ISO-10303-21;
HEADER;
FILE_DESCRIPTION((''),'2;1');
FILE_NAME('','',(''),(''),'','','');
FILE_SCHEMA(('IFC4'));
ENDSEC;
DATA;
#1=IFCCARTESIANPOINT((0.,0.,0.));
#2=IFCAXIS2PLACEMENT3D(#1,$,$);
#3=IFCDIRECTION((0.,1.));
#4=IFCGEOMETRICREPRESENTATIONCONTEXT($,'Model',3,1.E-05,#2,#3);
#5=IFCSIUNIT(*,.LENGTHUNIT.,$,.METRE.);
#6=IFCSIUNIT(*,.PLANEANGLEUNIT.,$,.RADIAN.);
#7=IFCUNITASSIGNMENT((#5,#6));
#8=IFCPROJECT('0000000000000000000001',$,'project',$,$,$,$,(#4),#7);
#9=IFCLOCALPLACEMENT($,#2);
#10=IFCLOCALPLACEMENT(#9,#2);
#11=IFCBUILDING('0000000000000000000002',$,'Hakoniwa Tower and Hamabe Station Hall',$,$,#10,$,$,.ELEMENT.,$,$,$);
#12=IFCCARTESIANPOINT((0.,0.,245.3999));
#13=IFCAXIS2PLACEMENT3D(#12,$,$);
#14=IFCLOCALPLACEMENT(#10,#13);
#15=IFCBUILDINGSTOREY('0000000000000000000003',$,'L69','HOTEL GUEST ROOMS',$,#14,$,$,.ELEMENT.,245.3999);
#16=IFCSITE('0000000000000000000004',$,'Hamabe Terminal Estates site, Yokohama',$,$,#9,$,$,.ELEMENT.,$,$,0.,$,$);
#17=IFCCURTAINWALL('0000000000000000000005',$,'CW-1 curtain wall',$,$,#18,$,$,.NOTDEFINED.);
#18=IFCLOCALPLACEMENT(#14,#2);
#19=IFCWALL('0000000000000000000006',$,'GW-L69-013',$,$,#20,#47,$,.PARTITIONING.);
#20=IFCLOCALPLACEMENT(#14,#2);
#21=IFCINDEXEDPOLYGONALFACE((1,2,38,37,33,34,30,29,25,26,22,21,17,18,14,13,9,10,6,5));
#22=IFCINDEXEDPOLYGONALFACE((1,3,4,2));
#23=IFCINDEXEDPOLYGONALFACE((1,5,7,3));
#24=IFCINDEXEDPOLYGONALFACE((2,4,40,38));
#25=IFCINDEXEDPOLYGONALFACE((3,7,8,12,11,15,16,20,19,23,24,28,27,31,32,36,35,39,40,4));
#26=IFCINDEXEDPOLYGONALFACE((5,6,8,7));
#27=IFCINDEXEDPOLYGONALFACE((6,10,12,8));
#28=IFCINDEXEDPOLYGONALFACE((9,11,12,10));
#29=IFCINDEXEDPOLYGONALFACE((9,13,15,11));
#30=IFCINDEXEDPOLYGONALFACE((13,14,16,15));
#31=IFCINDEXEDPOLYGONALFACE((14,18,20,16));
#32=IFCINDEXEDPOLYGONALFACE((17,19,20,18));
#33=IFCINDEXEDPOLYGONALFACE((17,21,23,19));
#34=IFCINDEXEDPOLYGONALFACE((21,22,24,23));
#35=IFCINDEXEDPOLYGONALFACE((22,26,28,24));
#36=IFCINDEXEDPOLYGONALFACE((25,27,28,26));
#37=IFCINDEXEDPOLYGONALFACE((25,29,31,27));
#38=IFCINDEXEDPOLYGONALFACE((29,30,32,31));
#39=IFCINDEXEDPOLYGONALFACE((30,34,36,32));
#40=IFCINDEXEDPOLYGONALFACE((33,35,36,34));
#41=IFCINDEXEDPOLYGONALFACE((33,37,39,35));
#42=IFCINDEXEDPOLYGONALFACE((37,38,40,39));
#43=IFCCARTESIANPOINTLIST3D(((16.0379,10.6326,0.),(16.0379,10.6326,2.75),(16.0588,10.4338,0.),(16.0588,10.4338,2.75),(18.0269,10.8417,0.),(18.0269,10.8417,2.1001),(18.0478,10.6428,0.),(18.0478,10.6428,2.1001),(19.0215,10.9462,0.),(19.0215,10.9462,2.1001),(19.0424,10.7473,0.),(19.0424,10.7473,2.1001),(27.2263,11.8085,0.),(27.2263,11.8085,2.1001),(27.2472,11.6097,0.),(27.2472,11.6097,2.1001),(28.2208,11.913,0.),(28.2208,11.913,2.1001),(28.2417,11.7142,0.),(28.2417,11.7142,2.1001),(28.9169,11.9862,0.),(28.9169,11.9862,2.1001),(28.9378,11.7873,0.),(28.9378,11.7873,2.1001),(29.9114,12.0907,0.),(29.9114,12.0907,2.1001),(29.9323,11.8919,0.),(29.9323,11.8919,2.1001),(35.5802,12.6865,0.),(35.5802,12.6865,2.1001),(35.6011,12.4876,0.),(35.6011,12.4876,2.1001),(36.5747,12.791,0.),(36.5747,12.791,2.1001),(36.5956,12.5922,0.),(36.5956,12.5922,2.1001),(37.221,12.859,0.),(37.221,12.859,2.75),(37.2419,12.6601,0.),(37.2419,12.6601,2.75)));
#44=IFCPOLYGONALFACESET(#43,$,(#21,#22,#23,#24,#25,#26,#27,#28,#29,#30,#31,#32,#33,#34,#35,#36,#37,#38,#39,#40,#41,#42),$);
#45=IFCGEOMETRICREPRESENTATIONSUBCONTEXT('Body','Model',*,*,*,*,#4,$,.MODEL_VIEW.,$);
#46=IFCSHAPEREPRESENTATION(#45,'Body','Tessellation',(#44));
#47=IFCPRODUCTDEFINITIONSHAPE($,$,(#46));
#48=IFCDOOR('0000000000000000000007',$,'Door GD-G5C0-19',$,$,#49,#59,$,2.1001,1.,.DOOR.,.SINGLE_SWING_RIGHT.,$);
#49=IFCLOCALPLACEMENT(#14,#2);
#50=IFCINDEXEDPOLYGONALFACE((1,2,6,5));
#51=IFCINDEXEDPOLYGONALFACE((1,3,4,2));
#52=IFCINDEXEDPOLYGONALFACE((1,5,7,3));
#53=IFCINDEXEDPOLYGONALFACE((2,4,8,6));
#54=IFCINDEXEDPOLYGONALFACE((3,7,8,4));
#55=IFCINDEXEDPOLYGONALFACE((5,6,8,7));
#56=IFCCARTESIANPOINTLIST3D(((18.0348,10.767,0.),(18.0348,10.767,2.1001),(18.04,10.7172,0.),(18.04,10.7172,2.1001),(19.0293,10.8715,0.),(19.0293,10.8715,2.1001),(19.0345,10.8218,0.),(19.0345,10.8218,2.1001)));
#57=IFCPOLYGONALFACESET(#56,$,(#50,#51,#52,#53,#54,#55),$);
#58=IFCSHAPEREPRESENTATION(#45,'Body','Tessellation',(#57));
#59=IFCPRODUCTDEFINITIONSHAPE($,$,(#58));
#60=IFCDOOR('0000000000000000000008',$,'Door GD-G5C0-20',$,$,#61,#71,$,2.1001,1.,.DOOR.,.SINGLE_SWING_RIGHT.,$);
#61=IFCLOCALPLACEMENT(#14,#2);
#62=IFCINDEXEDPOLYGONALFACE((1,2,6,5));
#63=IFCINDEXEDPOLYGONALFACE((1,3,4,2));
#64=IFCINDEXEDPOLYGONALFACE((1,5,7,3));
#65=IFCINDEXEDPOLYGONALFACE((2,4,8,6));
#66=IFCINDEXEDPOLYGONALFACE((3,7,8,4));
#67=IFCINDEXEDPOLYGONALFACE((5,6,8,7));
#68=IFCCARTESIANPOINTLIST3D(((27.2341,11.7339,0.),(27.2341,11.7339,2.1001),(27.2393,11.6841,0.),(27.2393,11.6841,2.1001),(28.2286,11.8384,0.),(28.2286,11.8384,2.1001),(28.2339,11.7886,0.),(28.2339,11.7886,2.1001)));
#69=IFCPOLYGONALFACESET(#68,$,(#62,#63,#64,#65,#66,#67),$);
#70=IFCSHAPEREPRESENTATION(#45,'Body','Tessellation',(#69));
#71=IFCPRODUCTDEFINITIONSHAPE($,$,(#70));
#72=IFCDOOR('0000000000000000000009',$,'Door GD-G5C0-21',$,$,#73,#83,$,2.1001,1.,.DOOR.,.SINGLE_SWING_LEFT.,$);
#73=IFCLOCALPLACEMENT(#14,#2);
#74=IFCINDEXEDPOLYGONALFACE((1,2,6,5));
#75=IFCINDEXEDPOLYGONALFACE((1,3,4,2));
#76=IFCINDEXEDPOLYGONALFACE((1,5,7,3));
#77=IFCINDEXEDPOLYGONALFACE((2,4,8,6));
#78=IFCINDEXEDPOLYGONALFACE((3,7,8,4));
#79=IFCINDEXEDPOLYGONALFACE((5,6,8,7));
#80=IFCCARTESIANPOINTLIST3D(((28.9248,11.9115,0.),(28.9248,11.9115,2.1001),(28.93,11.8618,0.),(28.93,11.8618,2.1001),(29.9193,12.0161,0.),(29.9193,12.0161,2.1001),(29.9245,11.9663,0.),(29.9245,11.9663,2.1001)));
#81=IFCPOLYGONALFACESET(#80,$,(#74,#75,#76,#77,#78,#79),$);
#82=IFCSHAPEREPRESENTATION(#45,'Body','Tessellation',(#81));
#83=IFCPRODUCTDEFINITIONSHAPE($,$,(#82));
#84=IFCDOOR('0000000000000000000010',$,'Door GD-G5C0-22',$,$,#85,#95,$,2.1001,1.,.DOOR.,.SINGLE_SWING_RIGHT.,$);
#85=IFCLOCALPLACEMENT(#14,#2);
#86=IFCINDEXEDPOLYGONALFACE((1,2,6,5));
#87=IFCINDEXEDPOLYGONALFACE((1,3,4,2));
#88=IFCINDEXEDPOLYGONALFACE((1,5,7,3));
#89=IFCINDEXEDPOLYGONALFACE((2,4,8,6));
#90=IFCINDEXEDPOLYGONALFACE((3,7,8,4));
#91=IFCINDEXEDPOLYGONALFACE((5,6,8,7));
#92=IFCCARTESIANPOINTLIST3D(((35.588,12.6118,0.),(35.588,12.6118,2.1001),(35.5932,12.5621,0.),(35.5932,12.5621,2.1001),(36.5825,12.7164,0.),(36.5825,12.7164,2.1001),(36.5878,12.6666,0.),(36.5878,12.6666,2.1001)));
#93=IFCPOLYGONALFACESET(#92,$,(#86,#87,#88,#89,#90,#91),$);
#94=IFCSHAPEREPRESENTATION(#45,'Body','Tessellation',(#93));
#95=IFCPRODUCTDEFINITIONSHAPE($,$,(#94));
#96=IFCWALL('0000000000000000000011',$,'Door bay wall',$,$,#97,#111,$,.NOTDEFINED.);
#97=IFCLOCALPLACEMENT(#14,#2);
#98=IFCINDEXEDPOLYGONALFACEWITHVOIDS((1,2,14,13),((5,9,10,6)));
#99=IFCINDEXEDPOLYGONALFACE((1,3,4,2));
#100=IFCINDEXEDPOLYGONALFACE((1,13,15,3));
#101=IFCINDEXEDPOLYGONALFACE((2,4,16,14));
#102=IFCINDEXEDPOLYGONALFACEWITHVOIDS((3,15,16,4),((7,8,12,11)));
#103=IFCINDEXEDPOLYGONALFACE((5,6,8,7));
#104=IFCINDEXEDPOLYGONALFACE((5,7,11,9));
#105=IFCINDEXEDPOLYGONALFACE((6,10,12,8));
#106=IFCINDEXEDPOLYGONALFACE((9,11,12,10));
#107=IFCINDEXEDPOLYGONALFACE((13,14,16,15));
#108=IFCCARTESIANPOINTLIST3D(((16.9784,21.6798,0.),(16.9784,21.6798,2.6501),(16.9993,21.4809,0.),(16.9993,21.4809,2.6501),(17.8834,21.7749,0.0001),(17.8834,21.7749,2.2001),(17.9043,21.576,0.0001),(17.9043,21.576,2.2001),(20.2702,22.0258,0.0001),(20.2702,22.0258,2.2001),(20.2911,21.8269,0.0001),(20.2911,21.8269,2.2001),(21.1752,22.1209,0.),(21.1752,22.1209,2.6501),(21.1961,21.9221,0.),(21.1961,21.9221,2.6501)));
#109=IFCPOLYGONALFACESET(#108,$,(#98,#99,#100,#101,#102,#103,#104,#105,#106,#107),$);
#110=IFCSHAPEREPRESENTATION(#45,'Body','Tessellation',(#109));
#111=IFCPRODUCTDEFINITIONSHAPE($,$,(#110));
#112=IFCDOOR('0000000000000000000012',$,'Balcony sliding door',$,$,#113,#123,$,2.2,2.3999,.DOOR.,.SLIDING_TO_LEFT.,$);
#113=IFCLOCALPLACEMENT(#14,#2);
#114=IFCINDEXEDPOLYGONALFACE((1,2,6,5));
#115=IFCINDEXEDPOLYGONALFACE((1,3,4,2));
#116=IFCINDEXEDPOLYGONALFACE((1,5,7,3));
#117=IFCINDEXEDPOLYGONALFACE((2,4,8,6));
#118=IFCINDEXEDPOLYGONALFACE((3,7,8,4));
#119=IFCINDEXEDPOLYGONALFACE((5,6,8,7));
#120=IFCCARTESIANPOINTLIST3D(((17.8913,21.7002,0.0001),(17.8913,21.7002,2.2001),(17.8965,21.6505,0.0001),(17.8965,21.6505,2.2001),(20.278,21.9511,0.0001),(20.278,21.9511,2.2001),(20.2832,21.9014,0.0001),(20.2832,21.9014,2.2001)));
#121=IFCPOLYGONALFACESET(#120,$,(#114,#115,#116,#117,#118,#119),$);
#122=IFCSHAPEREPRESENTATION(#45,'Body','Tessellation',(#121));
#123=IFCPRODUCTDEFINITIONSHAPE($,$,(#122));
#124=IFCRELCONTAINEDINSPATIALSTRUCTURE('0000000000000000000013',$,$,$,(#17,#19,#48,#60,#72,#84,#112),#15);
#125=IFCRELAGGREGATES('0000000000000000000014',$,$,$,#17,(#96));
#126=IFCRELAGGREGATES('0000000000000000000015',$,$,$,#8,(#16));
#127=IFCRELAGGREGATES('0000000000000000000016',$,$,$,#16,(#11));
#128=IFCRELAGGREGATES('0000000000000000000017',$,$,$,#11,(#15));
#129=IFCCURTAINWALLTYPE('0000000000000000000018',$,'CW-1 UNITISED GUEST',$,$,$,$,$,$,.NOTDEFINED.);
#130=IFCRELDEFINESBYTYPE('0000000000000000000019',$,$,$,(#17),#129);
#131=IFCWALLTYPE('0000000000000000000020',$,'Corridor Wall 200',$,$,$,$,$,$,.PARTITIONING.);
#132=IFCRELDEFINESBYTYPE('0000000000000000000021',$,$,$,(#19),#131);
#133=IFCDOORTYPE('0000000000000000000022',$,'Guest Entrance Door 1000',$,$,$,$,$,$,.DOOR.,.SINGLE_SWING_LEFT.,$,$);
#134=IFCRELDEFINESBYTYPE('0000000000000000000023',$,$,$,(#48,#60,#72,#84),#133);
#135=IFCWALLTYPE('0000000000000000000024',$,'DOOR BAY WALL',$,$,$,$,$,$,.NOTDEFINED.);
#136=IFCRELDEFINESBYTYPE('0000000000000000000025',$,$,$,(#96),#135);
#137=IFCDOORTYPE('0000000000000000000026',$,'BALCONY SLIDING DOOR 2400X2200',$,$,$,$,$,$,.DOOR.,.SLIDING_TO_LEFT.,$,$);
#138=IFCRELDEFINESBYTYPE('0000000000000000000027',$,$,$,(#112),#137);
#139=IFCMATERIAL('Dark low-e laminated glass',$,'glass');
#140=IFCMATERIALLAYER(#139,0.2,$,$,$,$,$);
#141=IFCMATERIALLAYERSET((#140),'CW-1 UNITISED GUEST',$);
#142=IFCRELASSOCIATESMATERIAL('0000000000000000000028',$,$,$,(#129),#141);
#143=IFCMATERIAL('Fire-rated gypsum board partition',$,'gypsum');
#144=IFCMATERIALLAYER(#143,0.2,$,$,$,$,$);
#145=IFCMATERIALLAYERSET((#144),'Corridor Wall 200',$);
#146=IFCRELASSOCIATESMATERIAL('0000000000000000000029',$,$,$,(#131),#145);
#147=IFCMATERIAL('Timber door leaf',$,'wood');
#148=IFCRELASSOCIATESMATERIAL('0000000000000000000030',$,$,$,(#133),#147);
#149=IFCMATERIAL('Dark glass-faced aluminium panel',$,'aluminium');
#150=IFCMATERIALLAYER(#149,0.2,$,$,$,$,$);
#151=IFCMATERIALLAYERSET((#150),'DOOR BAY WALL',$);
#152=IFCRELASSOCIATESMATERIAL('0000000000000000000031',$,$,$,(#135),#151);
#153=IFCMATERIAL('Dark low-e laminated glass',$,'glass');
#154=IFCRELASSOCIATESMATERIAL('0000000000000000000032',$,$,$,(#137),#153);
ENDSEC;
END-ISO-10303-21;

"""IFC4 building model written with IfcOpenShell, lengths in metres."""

from ifc_helpers import new_model, si_unit, direction, frame, frame_2d, origin, place, context, subcontext, project, spatial, rectangle, extrude, material, layer, layer_set, type_object, element, fill, aggregate, save


model = new_model("IFC4")

# Units and contexts
model_context = context("Model", 3, precision=1e-05, world=origin(), true_north=direction((0.0, 1.0)))
body_context = subcontext(model_context, "Body", "Model", "MODEL_VIEW")
ifc_project = project(units=[si_unit("LENGTHUNIT", "METRE"), si_unit("PLANEANGLEUNIT", "RADIAN")], contexts=[model_context])

# Site, building, storey
site_placement = place(None, origin())
site = spatial("IfcSite", under=ifc_project, at=site_placement, Name="Hamabe Terminal Estates site, Yokohama", CompositionType="ELEMENT", RefElevation=0.0)
building_placement = place(site_placement, origin())
building = spatial("IfcBuilding", under=site, at=building_placement, Name="Hakoniwa Tower and Hamabe Station Hall", CompositionType="ELEMENT")
storey_placement = place(building_placement, frame((0.0, 0.0, 245.3999)))
storey = spatial("IfcBuildingStorey", under=building, at=storey_placement, Name="L69", Description="HOTEL GUEST ROOMS", CompositionType="ELEMENT", Elevation=245.3999)

# Curtain wall
ifc_material_1 = material(Name="Dark low-e laminated glass", Category="glass")
ifc_layer_1 = layer(ifc_material_1, 0.2)
ifc_layer_set_1 = layer_set([ifc_layer_1], Name="CW-1 UNITISED GUEST")
curtain_wall_type = type_object("IfcCurtainWallType", Name="CW-1 UNITISED GUEST", PredefinedType="NOTDEFINED", material=ifc_layer_set_1)
curtain_wall_placement = place(storey_placement, origin())
curtain_wall = element("IfcCurtainWall", 1, at=curtain_wall_placement, inside=storey, type_object=curtain_wall_type, Name="CW-1 curtain wall", PredefinedType="NOTDEFINED")

# Wall, openings, doors
ifc_material_2 = material(Name="Fire-rated gypsum board partition", Category="gypsum")
ifc_layer_2 = layer(ifc_material_2, 0.2)
ifc_layer_set_2 = layer_set([ifc_layer_2], Name="Corridor Wall 200")
wall_type_1 = type_object("IfcWallType", Name="Corridor Wall 200", PredefinedType="PARTITIONING", material=ifc_layer_set_2)
wall_1_placement = place(storey_placement, frame((16.0483, 10.5332, 0.0), z_axis=(0.0, 0.0, 1.0), x_axis=(0.994522, 0.104523, 0.0)))
wall_1 = element("IfcWall", 2, at=wall_1_placement, inside=storey, type_object=wall_type_1, Name="GW-L69-013", PredefinedType="PARTITIONING", context=body_context, shape_type="SweptSolid", body=[
    extrude(rectangle(XDim=21.2998, YDim=0.2, at=frame_2d((10.6499, 0.0))), origin(), (0.0, 0.0, 1.0), 2.75),
])
opening_1_placement = place(wall_1_placement, frame((2.0, 0.0, 0.0)))
opening_1 = element("IfcOpeningElement", 3, at=opening_1_placement, cuts=wall_1, PredefinedType="OPENING", context=body_context, shape_type="SweptSolid", body=[
    extrude(rectangle(XDim=1.0, YDim=2.1001, at=frame_2d((0.5, 1.05))), frame((0.0, 0.1099, 0.0), z_axis=(0.0, -1.0, 0.0), x_axis=(1.0, 0.0, 0.0)), (0.0, 0.0, 1.0), 0.22),
])
opening_2_placement = place(wall_1_placement, frame((11.25, 0.0, 0.0)))
opening_2 = element("IfcOpeningElement", 4, at=opening_2_placement, cuts=wall_1, PredefinedType="OPENING", context=body_context, shape_type="SweptSolid", body=[
    extrude(rectangle(XDim=1.0, YDim=2.1001, at=frame_2d((0.5, 1.05))), frame((0.0, 0.1099, 0.0), z_axis=(0.0, -1.0, 0.0), x_axis=(1.0, 0.0, 0.0)), (0.0, 0.0, 1.0), 0.22),
])
opening_3_placement = place(wall_1_placement, frame((12.95, 0.0, 0.0)))
opening_3 = element("IfcOpeningElement", 5, at=opening_3_placement, cuts=wall_1, PredefinedType="OPENING", context=body_context, shape_type="SweptSolid", body=[
    extrude(rectangle(XDim=1.0, YDim=2.1001, at=frame_2d((0.5, 1.05))), frame((0.0, 0.1099, 0.0), z_axis=(0.0, -1.0, 0.0), x_axis=(1.0, 0.0, 0.0)), (0.0, 0.0, 1.0), 0.22),
])
opening_4_placement = place(wall_1_placement, frame((19.6499, 0.0, 0.0)))
opening_4 = element("IfcOpeningElement", 6, at=opening_4_placement, cuts=wall_1, PredefinedType="OPENING", context=body_context, shape_type="SweptSolid", body=[
    extrude(rectangle(XDim=1.0, YDim=2.1001, at=frame_2d((0.5, 1.05))), frame((0.0, 0.1099, 0.0), z_axis=(0.0, -1.0, 0.0), x_axis=(1.0, 0.0, 0.0)), (0.0, 0.0, 1.0), 0.22),
])
ifc_material_3 = material(Name="Timber door leaf", Category="wood")
door_type_1 = type_object("IfcDoorType", Name="Guest Entrance Door 1000", OperationType="SINGLE_SWING_LEFT", PredefinedType="DOOR", material=ifc_material_3)
door_1_placement = place(opening_1_placement, origin())
door_1 = element("IfcDoor", 7, at=door_1_placement, inside=storey, type_object=door_type_1, Name="Door GD-G5C0-19", OperationType="SINGLE_SWING_RIGHT", OverallHeight=2.1001, OverallWidth=1.0, PredefinedType="DOOR", context=body_context, shape_type="SweptSolid", body=[
    extrude(rectangle(XDim=1.0, YDim=2.1001, at=frame_2d((0.5, 1.05))), frame((0.0, 0.0249, 0.0), z_axis=(0.0, -1.0, 0.0), x_axis=(1.0, 0.0, 0.0)), (0.0, 0.0, 1.0), 0.05),
])
fill(opening_1, door_1)
door_2_placement = place(opening_2_placement, origin())
door_2 = element("IfcDoor", 8, at=door_2_placement, inside=storey, type_object=door_type_1, Name="Door GD-G5C0-20", OperationType="SINGLE_SWING_RIGHT", OverallHeight=2.1001, OverallWidth=1.0, PredefinedType="DOOR", context=body_context, shape_type="SweptSolid", body=[
    extrude(rectangle(XDim=1.0, YDim=2.1001, at=frame_2d((0.5, 1.05))), frame((0.0, 0.0249, 0.0), z_axis=(0.0, -1.0, 0.0), x_axis=(1.0, 0.0, 0.0)), (0.0, 0.0, 1.0), 0.05),
])
fill(opening_2, door_2)
door_3_placement = place(opening_3_placement, origin())
door_3 = element("IfcDoor", 9, at=door_3_placement, inside=storey, type_object=door_type_1, Name="Door GD-G5C0-21", OperationType="SINGLE_SWING_LEFT", OverallHeight=2.1001, OverallWidth=1.0, PredefinedType="DOOR", context=body_context, shape_type="SweptSolid", body=[
    extrude(rectangle(XDim=1.0, YDim=2.1001, at=frame_2d((0.5, 1.05))), frame((0.0, 0.0249, 0.0), z_axis=(0.0, -1.0, 0.0), x_axis=(1.0, 0.0, 0.0)), (0.0, 0.0, 1.0), 0.05),
])
fill(opening_3, door_3)
door_4_placement = place(opening_4_placement, origin())
door_4 = element("IfcDoor", 10, at=door_4_placement, inside=storey, type_object=door_type_1, Name="Door GD-G5C0-22", OperationType="SINGLE_SWING_RIGHT", OverallHeight=2.1001, OverallWidth=1.0, PredefinedType="DOOR", context=body_context, shape_type="SweptSolid", body=[
    extrude(rectangle(XDim=1.0, YDim=2.1001, at=frame_2d((0.5, 1.05))), frame((0.0, 0.0249, 0.0), z_axis=(0.0, -1.0, 0.0), x_axis=(1.0, 0.0, 0.0)), (0.0, 0.0, 1.0), 0.05),
])
fill(opening_4, door_4)

# Wall, opening, door
ifc_material_4 = material(Name="Dark glass-faced aluminium panel", Category="aluminium")
ifc_layer_3 = layer(ifc_material_4, 0.2)
ifc_layer_set_3 = layer_set([ifc_layer_3], Name="DOOR BAY WALL")
wall_type_2 = type_object("IfcWallType", Name="DOOR BAY WALL", PredefinedType="NOTDEFINED", material=ifc_layer_set_3)
wall_2_placement = place(storey_placement, frame((21.1855, 22.0215, 0.0), z_axis=(0.0, 0.0, 1.0), x_axis=(-0.99452, -0.104543, 0.0)))
wall_2 = element("IfcWall", 11, at=wall_2_placement, type_object=wall_type_2, Name="Door bay wall", PredefinedType="NOTDEFINED", context=body_context, shape_type="SweptSolid", body=[
    extrude(rectangle(XDim=4.22, YDim=0.2, at=frame_2d((2.1099, 0.0))), origin(), (0.0, 0.0, 1.0), 2.6501),
])
opening_5_placement = place(wall_2_placement, frame((0.9099, 0.0, 0.0)))
opening_5 = element("IfcOpeningElement", 12, at=opening_5_placement, cuts=wall_2, PredefinedType="OPENING", context=body_context, shape_type="SweptSolid", body=[
    extrude(rectangle(XDim=2.3999, YDim=2.2, at=frame_2d((1.2, 1.1001))), frame((0.0, 0.1099, 0.0), z_axis=(0.0, -1.0, 0.0), x_axis=(1.0, 0.0, 0.0)), (0.0, 0.0, 1.0), 0.22),
])
ifc_material_5 = material(Name="Dark low-e laminated glass", Category="glass")
door_type_2 = type_object("IfcDoorType", Name="BALCONY SLIDING DOOR 2400X2200", OperationType="SLIDING_TO_LEFT", PredefinedType="DOOR", material=ifc_material_5)
door_5_placement = place(opening_5_placement, frame((2.3999, 0.0, 0.0), z_axis=(0.0, 0.0, 1.0), x_axis=(-1.0, 0.0, 0.0)))
door_5 = element("IfcDoor", 13, at=door_5_placement, inside=storey, type_object=door_type_2, Name="Balcony sliding door", OperationType="SLIDING_TO_LEFT", OverallHeight=2.2, OverallWidth=2.3999, PredefinedType="DOOR", context=body_context, shape_type="SweptSolid", body=[
    extrude(rectangle(XDim=2.3999, YDim=2.2, at=frame_2d((1.2, 1.1001))), frame((0.0, 0.0249, 0.0), z_axis=(0.0, -1.0, 0.0), x_axis=(1.0, 0.0, 0.0)), (0.0, 0.0, 1.0), 0.05),
])
fill(opening_5, door_5)
aggregate(curtain_wall, [wall_2])

save(model, "model.ifc")
